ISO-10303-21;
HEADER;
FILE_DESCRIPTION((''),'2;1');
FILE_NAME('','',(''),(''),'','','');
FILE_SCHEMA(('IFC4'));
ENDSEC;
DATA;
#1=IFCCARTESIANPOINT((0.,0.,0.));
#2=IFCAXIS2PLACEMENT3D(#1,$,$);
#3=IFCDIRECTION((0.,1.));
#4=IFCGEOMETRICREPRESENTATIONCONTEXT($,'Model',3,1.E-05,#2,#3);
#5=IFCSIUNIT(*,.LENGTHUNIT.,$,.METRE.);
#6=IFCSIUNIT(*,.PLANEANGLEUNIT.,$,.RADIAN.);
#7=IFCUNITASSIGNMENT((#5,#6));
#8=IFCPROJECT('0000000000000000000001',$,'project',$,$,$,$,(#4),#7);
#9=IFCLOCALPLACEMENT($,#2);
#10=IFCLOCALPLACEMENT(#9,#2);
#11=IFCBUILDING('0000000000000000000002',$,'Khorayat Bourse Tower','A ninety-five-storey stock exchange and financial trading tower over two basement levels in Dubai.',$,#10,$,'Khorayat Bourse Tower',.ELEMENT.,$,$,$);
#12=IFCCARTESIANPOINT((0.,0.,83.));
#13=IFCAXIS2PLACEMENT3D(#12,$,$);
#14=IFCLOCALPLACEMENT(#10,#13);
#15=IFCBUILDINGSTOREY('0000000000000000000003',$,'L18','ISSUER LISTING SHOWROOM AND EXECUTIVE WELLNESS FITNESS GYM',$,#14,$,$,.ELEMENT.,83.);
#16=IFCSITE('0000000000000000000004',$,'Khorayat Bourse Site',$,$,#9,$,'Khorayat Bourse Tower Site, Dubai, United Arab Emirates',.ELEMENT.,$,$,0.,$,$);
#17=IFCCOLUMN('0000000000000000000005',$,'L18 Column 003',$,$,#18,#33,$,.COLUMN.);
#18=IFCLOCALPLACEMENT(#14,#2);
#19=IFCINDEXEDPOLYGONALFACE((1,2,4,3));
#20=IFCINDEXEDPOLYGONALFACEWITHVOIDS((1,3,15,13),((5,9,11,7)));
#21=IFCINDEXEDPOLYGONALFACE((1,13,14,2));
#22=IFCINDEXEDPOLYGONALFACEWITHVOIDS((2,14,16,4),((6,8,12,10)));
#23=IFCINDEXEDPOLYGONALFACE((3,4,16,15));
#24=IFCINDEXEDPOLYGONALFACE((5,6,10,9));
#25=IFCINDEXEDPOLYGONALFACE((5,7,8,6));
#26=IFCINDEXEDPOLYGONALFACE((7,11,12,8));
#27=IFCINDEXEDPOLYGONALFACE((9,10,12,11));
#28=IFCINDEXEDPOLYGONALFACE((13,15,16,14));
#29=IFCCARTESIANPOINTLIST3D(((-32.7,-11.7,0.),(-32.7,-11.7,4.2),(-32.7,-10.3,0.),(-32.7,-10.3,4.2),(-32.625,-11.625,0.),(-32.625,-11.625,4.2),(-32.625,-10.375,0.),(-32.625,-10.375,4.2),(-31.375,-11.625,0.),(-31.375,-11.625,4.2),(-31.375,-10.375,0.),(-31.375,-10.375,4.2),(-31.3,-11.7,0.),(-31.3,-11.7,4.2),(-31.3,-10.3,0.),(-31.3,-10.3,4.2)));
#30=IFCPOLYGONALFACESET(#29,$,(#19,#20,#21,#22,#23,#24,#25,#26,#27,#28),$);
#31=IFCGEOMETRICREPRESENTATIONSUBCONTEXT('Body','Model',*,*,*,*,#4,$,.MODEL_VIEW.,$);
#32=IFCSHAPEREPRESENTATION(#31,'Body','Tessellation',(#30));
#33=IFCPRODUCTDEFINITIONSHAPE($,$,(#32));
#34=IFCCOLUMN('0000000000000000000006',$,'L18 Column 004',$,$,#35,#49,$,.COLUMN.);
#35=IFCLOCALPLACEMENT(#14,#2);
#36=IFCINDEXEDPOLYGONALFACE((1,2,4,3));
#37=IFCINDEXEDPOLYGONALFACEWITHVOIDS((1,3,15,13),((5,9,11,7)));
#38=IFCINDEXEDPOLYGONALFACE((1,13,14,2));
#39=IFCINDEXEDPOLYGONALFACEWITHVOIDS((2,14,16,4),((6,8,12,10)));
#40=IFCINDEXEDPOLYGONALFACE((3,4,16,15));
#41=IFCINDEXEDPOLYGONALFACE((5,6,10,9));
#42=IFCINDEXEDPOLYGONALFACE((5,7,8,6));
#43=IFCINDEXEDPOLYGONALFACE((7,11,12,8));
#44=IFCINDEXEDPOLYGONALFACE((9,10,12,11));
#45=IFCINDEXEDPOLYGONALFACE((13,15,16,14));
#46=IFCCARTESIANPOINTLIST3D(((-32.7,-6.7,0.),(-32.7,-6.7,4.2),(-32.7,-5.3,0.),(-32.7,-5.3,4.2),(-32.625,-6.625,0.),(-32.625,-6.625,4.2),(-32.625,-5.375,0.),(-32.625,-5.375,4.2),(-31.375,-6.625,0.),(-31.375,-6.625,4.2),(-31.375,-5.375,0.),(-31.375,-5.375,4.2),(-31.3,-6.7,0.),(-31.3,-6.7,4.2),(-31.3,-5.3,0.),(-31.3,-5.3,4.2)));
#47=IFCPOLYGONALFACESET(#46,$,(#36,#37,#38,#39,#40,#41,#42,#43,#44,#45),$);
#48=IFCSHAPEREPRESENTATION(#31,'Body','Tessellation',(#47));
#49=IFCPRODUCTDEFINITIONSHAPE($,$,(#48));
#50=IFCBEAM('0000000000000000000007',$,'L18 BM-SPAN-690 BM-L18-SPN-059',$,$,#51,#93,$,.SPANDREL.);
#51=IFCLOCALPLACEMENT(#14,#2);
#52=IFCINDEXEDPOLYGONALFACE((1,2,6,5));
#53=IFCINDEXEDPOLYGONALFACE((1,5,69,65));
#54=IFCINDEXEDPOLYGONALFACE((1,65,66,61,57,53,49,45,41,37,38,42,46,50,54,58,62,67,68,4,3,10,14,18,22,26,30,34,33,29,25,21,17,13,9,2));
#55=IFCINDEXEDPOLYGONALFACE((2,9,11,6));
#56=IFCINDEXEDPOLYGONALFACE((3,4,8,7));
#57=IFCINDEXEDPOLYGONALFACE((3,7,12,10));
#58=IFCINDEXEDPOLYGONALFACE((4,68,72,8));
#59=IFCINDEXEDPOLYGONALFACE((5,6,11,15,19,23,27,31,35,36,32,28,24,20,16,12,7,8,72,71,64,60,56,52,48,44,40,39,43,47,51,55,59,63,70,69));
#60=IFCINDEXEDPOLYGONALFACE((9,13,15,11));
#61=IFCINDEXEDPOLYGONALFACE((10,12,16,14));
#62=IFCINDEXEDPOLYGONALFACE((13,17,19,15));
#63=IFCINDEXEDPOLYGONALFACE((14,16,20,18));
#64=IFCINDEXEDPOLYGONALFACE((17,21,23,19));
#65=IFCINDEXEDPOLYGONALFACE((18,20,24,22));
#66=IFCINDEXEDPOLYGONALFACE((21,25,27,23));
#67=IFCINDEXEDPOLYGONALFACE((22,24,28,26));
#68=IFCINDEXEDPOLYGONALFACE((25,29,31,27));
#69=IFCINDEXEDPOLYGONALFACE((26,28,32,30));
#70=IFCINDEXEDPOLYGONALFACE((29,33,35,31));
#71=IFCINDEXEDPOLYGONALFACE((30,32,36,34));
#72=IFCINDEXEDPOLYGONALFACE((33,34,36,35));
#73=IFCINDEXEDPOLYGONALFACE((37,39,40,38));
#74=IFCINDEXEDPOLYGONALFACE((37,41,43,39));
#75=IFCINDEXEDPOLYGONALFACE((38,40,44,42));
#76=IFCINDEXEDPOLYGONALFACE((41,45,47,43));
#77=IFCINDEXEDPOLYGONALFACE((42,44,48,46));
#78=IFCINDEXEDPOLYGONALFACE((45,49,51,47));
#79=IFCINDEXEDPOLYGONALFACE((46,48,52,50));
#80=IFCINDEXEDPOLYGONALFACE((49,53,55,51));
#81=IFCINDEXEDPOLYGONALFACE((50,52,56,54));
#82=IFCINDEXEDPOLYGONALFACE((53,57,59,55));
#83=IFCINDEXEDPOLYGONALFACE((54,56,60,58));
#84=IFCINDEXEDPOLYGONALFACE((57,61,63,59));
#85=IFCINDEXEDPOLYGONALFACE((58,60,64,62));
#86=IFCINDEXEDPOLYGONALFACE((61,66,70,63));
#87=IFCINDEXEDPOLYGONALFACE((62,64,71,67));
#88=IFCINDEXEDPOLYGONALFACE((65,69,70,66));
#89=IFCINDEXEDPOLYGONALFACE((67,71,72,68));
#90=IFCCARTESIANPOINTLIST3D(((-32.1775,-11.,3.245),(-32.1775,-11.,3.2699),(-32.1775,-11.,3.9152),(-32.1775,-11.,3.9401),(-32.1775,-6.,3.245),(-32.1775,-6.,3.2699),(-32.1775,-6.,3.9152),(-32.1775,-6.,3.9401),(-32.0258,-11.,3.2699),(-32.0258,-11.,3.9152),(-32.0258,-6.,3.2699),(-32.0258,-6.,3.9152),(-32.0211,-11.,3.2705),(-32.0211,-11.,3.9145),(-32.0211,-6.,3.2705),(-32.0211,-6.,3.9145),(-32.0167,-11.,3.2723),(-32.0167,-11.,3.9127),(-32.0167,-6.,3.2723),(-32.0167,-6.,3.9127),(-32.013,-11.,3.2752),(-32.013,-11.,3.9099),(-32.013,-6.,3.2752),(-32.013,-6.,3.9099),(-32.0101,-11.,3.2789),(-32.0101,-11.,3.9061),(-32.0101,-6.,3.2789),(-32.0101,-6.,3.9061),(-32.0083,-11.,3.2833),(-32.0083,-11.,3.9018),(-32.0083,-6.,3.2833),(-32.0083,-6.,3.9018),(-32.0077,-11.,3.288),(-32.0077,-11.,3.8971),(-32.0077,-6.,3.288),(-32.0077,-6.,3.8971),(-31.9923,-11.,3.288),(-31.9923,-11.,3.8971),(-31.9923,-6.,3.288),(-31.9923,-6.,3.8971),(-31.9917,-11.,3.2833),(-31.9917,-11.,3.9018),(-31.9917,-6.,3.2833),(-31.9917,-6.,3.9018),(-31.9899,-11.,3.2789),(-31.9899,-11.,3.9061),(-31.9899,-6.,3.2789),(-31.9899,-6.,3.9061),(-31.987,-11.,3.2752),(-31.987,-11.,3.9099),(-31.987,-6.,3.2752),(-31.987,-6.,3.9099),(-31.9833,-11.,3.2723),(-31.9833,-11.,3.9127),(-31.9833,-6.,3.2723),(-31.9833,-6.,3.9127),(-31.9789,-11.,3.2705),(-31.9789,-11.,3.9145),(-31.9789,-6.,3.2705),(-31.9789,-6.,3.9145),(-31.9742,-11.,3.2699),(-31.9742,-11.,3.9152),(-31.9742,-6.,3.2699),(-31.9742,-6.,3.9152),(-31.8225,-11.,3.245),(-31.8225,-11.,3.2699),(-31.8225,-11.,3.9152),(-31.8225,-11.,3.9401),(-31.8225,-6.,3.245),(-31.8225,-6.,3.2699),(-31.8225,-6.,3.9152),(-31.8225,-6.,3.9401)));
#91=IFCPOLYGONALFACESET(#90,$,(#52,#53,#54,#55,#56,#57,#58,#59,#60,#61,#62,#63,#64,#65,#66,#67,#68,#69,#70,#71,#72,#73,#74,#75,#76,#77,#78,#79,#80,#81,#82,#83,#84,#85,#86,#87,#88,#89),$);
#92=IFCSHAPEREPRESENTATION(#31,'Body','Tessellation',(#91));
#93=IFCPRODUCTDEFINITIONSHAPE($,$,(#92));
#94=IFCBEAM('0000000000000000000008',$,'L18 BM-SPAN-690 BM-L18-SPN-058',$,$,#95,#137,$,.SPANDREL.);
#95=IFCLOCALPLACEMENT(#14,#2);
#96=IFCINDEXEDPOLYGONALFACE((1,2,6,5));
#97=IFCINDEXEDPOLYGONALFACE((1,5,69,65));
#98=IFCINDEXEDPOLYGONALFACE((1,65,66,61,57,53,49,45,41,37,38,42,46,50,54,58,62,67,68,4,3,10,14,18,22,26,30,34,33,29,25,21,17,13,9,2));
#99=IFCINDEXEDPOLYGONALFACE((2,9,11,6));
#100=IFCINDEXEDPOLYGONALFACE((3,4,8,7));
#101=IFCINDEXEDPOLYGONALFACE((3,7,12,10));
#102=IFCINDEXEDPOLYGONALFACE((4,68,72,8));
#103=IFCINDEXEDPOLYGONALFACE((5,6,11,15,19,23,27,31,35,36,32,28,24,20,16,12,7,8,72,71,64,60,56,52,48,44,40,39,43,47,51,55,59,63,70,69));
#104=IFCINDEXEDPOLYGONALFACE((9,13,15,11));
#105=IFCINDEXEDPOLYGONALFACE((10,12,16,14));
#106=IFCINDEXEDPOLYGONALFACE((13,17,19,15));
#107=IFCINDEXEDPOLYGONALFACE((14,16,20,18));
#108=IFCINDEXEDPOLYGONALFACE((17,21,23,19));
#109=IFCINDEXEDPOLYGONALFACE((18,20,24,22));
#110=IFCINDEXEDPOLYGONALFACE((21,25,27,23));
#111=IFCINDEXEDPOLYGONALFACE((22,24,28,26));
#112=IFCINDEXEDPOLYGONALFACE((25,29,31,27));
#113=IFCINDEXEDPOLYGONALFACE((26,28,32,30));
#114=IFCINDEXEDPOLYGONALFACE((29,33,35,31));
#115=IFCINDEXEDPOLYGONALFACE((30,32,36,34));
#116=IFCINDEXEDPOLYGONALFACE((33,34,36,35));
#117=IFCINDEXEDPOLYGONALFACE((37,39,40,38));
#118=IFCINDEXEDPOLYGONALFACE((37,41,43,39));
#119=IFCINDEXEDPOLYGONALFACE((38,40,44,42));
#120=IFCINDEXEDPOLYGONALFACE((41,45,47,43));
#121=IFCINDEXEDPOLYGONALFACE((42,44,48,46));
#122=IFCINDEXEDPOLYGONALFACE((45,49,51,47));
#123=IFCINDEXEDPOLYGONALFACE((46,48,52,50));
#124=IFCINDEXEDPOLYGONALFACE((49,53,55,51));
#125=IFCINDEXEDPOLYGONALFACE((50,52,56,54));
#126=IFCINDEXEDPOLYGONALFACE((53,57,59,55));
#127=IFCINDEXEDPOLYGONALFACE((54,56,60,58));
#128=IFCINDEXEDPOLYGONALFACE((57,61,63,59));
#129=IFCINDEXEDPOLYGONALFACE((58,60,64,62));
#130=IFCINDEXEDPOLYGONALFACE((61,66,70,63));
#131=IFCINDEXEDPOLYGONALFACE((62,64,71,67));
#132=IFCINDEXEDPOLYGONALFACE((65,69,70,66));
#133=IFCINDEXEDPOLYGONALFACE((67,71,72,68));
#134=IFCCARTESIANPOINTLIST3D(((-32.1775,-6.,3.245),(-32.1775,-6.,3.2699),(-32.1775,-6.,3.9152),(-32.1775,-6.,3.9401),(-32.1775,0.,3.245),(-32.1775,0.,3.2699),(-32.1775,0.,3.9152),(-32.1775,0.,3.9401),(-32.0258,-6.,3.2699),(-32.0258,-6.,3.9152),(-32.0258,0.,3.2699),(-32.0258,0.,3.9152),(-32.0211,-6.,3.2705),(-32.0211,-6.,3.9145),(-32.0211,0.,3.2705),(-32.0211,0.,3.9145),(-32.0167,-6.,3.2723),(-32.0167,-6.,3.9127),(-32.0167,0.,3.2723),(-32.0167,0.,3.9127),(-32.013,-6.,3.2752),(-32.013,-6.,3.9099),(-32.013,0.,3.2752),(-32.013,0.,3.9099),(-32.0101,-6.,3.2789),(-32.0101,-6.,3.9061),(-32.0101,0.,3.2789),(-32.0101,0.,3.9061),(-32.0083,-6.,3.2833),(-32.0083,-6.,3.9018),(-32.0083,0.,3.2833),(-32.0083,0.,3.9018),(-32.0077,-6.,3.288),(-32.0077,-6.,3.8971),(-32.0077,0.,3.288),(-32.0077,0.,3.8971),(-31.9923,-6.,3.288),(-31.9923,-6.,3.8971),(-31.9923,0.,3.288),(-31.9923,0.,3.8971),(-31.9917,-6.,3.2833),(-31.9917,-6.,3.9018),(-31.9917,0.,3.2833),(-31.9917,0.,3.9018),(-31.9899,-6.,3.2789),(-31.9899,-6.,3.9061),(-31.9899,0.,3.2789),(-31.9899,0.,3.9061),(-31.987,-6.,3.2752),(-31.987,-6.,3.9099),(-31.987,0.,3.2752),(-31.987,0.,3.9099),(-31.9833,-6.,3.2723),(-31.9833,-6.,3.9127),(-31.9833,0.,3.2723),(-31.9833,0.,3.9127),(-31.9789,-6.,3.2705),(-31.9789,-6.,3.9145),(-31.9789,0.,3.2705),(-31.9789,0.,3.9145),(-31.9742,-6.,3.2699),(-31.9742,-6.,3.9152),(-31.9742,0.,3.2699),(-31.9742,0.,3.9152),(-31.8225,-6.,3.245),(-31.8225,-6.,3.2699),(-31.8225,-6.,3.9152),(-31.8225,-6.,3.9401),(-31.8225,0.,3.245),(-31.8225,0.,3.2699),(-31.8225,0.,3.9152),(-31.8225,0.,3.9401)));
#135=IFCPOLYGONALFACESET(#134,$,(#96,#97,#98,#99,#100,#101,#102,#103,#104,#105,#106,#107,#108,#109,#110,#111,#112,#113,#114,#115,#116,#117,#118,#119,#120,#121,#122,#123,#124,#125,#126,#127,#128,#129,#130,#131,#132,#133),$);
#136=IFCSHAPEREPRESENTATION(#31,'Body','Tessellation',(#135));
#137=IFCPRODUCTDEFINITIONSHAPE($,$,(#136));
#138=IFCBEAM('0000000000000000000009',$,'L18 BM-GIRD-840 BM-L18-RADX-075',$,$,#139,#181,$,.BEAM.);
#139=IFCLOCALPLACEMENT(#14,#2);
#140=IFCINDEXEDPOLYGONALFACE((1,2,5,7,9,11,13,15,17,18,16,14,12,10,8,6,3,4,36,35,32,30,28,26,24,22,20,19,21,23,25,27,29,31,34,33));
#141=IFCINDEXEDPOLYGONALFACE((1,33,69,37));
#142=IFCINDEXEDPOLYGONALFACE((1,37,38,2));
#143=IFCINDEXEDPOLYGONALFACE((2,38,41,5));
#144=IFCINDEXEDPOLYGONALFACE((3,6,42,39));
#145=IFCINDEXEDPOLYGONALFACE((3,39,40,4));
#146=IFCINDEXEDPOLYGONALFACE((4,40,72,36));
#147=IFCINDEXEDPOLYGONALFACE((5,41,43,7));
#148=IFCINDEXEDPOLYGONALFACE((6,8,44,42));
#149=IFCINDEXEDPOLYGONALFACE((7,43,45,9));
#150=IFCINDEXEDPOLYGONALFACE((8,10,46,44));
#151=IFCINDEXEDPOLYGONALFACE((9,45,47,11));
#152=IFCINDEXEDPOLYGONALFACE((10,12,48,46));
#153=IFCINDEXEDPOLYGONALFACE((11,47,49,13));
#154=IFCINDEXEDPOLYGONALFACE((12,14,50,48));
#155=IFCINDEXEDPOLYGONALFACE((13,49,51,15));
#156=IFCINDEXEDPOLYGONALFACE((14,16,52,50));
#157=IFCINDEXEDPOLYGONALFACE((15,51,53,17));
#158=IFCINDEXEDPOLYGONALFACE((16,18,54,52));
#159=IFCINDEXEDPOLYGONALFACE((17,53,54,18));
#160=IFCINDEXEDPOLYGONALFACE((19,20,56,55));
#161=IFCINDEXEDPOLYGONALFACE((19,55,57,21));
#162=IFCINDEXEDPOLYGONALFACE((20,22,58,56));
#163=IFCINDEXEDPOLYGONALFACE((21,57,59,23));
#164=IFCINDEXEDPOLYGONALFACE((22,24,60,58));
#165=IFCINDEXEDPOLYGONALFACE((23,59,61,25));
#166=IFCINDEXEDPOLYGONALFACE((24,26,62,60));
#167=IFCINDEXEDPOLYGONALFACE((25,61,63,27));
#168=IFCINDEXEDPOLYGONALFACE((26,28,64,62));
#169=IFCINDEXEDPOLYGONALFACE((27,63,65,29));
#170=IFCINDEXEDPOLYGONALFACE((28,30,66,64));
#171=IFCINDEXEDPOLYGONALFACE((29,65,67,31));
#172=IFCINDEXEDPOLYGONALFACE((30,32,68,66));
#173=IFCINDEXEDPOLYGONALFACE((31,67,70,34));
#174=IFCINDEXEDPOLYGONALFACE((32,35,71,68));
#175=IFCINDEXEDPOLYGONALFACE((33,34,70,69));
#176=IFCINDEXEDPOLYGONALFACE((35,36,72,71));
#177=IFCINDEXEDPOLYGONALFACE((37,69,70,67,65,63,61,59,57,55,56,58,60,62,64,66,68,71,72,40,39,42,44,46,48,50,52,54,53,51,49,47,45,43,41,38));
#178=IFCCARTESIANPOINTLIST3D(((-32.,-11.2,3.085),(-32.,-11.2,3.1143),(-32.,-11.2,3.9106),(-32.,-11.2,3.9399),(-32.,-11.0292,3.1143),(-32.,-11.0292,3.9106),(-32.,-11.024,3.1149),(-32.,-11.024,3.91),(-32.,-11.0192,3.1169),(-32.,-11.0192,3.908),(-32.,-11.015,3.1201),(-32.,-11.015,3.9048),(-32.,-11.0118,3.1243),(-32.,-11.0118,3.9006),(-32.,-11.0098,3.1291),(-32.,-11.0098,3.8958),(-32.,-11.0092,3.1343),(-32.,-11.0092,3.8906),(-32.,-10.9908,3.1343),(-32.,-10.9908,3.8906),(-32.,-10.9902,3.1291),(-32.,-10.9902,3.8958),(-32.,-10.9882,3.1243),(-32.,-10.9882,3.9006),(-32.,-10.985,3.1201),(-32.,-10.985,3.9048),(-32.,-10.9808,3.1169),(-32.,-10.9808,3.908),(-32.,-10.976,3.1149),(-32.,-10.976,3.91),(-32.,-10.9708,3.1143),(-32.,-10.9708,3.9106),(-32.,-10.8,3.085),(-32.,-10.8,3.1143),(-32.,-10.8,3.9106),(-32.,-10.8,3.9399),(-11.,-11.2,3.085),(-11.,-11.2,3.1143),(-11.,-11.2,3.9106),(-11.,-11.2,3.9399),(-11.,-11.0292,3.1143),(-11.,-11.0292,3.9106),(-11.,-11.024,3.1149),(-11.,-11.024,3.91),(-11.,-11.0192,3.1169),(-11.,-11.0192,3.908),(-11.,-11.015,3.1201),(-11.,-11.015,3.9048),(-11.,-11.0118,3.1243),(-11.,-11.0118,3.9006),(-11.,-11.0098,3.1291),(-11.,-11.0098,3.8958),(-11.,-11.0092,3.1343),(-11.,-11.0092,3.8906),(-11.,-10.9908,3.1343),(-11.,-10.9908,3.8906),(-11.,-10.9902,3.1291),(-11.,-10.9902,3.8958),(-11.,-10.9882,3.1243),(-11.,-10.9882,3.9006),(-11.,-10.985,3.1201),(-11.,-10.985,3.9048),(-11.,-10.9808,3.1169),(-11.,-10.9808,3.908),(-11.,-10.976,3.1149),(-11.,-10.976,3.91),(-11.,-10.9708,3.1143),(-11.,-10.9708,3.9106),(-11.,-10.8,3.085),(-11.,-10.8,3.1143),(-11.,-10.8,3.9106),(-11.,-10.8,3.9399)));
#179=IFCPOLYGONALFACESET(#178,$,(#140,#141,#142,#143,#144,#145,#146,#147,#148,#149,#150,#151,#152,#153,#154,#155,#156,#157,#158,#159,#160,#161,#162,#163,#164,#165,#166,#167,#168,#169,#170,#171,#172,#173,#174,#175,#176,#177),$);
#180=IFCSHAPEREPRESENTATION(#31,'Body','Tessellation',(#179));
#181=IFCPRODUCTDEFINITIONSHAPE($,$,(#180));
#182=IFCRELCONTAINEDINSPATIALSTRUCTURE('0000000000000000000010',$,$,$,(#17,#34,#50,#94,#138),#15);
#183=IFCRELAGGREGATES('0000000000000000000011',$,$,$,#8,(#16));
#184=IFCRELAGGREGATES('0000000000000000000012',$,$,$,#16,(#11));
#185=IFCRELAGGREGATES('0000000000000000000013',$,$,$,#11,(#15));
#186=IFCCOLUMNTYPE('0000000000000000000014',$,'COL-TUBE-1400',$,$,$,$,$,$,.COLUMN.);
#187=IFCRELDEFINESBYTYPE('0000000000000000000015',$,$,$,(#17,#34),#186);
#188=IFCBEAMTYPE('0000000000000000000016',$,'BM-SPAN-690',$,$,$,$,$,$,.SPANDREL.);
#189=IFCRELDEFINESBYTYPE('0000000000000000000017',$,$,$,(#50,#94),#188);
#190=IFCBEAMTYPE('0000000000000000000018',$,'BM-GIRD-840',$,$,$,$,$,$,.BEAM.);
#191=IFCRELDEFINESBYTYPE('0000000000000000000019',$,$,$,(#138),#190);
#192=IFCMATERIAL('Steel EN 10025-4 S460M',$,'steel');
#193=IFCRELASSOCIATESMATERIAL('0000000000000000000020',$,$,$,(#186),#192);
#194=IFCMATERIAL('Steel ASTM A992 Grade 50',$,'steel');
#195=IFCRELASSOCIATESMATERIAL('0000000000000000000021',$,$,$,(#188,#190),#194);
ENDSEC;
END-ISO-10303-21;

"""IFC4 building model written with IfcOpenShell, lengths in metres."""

from ifc_helpers import new_model, si_unit, direction, frame, origin, origin_2d, place, context, subcontext, project, spatial, hollow_rectangle, i_section, extrude, source, transform, mapped, material, material_profile, profile_set, type_object, element, save


model = new_model("IFC4")

# Units and contexts
model_context = context("Model", 3, precision=1e-05, world=origin(), true_north=direction((0.0, 1.0)))
body_context = subcontext(model_context, "Body", "Model", "MODEL_VIEW")
ifc_project = project(units=[si_unit("LENGTHUNIT", "METRE"), si_unit("PLANEANGLEUNIT", "RADIAN")], contexts=[model_context])

# Site, building, storey
site_placement = place(None, origin())
site = spatial("IfcSite", under=ifc_project, at=site_placement, Name="Khorayat Bourse Site", LongName="Khorayat Bourse Tower Site, Dubai, United Arab Emirates", CompositionType="ELEMENT", RefElevation=0.0)
building_placement = place(site_placement, origin())
building = spatial("IfcBuilding", under=site, at=building_placement, Name="Khorayat Bourse Tower", Description="A ninety-five-storey stock exchange and financial trading tower over two basement levels in Dubai.", LongName="Khorayat Bourse Tower", CompositionType="ELEMENT")
storey_placement = place(building_placement, frame((0.0, 0.0, 83.0)))
storey = spatial("IfcBuildingStorey", under=building, at=storey_placement, Name="L18", Description="ISSUER LISTING SHOWROOM AND EXECUTIVE WELLNESS FITNESS GYM", CompositionType="ELEMENT", Elevation=83.0)

# Columns
ifc_material_1 = material(Name="Steel EN 10025-4 S460M", Category="steel")
ifc_material_profile_1 = material_profile(ifc_material_1, hollow_rectangle(XDim=1.3999, YDim=1.3999, WallThickness=0.075, at=origin_2d()), Name="BOX 1400x1400x75")
ifc_profile_set_1 = profile_set([ifc_material_profile_1], Name="Steel EN 10025-4 S460M")
column_type = type_object("IfcColumnType", Name="COL-TUBE-1400", PredefinedType="COLUMN", material=ifc_profile_set_1)
shared_shape_1 = source(origin(), body_context, "Body", "SweptSolid", [
    extrude(hollow_rectangle(XDim=1.3999, YDim=1.3999, WallThickness=0.075, at=origin_2d()), origin(), (0.0, 0.0, 1.0), 4.2),
])
for number, where, z_axis, x_axis, name in (
    (1, (-32.0, -11.0, 0.0), (0.0, 0.0, 1.0), (1.0, 0.0, 0.0), "L18 Column 003"),
    (2, (-32.0, -6.0, 0.0), (0.0, 0.0, 1.0), (1.0, 0.0, 0.0), "L18 Column 004"),
):
    element("IfcColumn", number, at=place(storey_placement, frame(where, z_axis=z_axis, x_axis=x_axis)), inside=storey, type_object=column_type, Name=name, PredefinedType="COLUMN", context=body_context, shape_type="MappedRepresentation", body=[
        mapped(shared_shape_1, transform((0.0, 0.0, 0.0), scale=1.0)),
    ])

# Beams
ifc_material_2 = material(Name="Steel ASTM A992 Grade 50", Category="steel")
ifc_material_profile_2 = material_profile(ifc_material_2, i_section(OverallWidth=0.355, OverallDepth=0.6951, WebThickness=0.0154, FlangeThickness=0.0249, FilletRadius=0.0181, at=origin_2d()), Name="W690X217")
ifc_profile_set_2 = profile_set([ifc_material_profile_2], Name="Steel ASTM A992 Grade 50")
beam_type_1 = type_object("IfcBeamType", Name="BM-SPAN-690", PredefinedType="SPANDREL", material=ifc_profile_set_2)
shared_shape_2 = source(origin(), body_context, "Body", "SweptSolid", [
    extrude(i_section(OverallWidth=0.355, OverallDepth=0.6951, WebThickness=0.0154, FlangeThickness=0.0249, FilletRadius=0.0181, at=origin_2d()), origin(), (0.0, 0.0, 1.0), 5.0),
])
beam_1_placement = place(storey_placement, frame((-32.0, -11.0, 3.5925), z_axis=(0.0, 1.0, 0.0), x_axis=(-1.0, 0.0, 0.0)))
element("IfcBeam", 3, at=beam_1_placement, inside=storey, type_object=beam_type_1, Name="L18 BM-SPAN-690 BM-L18-SPN-059", PredefinedType="SPANDREL", context=body_context, shape_type="MappedRepresentation", body=[
    mapped(shared_shape_2, transform((0.0, 0.0, 0.0), scale=1.0)),
])
shared_shape_3 = source(origin(), body_context, "Body", "SweptSolid", [
    extrude(i_section(OverallWidth=0.355, OverallDepth=0.6951, WebThickness=0.0154, FlangeThickness=0.0249, FilletRadius=0.0181, at=origin_2d()), origin(), (0.0, 0.0, 1.0), 6.0),
])
beam_2_placement = place(storey_placement, frame((-32.0, -6.0, 3.5925), z_axis=(0.0, 1.0, 0.0), x_axis=(-1.0, 0.0, 0.0)))
element("IfcBeam", 4, at=beam_2_placement, inside=storey, type_object=beam_type_1, Name="L18 BM-SPAN-690 BM-L18-SPN-058", PredefinedType="SPANDREL", context=body_context, shape_type="MappedRepresentation", body=[
    mapped(shared_shape_3, transform((0.0, 0.0, 0.0), scale=1.0)),
])
ifc_material_profile_3 = material_profile(ifc_material_2, i_section(OverallWidth=0.3999, OverallDepth=0.855, WebThickness=0.0183, FlangeThickness=0.0293, FilletRadius=0.02, at=origin_2d()), Name="W840X299")
ifc_profile_set_3 = profile_set([ifc_material_profile_3], Name="Steel ASTM A992 Grade 50")
beam_type_2 = type_object("IfcBeamType", Name="BM-GIRD-840", PredefinedType="BEAM", material=ifc_profile_set_3)
shared_shape_4 = source(origin(), body_context, "Body", "SweptSolid", [
    extrude(i_section(OverallWidth=0.3999, OverallDepth=0.855, WebThickness=0.0183, FlangeThickness=0.0293, FilletRadius=0.02, at=origin_2d()), origin(), (0.0, 0.0, 1.0), 21.0),
])
for number, where, z_axis, x_axis, name in (
    (5, (-32.0, -11.0, 3.5125), (1.0, 0.0, 0.0), (0.0, 1.0, 0.0), "L18 BM-GIRD-840 BM-L18-RADX-075"),
):
    element("IfcBeam", number, at=place(storey_placement, frame(where, z_axis=z_axis, x_axis=x_axis)), inside=storey, type_object=beam_type_2, Name=name, PredefinedType="BEAM", context=body_context, shape_type="MappedRepresentation", body=[
        mapped(shared_shape_4, transform((0.0, 0.0, 0.0), scale=1.0)),
    ])

save(model, "model.ifc")
